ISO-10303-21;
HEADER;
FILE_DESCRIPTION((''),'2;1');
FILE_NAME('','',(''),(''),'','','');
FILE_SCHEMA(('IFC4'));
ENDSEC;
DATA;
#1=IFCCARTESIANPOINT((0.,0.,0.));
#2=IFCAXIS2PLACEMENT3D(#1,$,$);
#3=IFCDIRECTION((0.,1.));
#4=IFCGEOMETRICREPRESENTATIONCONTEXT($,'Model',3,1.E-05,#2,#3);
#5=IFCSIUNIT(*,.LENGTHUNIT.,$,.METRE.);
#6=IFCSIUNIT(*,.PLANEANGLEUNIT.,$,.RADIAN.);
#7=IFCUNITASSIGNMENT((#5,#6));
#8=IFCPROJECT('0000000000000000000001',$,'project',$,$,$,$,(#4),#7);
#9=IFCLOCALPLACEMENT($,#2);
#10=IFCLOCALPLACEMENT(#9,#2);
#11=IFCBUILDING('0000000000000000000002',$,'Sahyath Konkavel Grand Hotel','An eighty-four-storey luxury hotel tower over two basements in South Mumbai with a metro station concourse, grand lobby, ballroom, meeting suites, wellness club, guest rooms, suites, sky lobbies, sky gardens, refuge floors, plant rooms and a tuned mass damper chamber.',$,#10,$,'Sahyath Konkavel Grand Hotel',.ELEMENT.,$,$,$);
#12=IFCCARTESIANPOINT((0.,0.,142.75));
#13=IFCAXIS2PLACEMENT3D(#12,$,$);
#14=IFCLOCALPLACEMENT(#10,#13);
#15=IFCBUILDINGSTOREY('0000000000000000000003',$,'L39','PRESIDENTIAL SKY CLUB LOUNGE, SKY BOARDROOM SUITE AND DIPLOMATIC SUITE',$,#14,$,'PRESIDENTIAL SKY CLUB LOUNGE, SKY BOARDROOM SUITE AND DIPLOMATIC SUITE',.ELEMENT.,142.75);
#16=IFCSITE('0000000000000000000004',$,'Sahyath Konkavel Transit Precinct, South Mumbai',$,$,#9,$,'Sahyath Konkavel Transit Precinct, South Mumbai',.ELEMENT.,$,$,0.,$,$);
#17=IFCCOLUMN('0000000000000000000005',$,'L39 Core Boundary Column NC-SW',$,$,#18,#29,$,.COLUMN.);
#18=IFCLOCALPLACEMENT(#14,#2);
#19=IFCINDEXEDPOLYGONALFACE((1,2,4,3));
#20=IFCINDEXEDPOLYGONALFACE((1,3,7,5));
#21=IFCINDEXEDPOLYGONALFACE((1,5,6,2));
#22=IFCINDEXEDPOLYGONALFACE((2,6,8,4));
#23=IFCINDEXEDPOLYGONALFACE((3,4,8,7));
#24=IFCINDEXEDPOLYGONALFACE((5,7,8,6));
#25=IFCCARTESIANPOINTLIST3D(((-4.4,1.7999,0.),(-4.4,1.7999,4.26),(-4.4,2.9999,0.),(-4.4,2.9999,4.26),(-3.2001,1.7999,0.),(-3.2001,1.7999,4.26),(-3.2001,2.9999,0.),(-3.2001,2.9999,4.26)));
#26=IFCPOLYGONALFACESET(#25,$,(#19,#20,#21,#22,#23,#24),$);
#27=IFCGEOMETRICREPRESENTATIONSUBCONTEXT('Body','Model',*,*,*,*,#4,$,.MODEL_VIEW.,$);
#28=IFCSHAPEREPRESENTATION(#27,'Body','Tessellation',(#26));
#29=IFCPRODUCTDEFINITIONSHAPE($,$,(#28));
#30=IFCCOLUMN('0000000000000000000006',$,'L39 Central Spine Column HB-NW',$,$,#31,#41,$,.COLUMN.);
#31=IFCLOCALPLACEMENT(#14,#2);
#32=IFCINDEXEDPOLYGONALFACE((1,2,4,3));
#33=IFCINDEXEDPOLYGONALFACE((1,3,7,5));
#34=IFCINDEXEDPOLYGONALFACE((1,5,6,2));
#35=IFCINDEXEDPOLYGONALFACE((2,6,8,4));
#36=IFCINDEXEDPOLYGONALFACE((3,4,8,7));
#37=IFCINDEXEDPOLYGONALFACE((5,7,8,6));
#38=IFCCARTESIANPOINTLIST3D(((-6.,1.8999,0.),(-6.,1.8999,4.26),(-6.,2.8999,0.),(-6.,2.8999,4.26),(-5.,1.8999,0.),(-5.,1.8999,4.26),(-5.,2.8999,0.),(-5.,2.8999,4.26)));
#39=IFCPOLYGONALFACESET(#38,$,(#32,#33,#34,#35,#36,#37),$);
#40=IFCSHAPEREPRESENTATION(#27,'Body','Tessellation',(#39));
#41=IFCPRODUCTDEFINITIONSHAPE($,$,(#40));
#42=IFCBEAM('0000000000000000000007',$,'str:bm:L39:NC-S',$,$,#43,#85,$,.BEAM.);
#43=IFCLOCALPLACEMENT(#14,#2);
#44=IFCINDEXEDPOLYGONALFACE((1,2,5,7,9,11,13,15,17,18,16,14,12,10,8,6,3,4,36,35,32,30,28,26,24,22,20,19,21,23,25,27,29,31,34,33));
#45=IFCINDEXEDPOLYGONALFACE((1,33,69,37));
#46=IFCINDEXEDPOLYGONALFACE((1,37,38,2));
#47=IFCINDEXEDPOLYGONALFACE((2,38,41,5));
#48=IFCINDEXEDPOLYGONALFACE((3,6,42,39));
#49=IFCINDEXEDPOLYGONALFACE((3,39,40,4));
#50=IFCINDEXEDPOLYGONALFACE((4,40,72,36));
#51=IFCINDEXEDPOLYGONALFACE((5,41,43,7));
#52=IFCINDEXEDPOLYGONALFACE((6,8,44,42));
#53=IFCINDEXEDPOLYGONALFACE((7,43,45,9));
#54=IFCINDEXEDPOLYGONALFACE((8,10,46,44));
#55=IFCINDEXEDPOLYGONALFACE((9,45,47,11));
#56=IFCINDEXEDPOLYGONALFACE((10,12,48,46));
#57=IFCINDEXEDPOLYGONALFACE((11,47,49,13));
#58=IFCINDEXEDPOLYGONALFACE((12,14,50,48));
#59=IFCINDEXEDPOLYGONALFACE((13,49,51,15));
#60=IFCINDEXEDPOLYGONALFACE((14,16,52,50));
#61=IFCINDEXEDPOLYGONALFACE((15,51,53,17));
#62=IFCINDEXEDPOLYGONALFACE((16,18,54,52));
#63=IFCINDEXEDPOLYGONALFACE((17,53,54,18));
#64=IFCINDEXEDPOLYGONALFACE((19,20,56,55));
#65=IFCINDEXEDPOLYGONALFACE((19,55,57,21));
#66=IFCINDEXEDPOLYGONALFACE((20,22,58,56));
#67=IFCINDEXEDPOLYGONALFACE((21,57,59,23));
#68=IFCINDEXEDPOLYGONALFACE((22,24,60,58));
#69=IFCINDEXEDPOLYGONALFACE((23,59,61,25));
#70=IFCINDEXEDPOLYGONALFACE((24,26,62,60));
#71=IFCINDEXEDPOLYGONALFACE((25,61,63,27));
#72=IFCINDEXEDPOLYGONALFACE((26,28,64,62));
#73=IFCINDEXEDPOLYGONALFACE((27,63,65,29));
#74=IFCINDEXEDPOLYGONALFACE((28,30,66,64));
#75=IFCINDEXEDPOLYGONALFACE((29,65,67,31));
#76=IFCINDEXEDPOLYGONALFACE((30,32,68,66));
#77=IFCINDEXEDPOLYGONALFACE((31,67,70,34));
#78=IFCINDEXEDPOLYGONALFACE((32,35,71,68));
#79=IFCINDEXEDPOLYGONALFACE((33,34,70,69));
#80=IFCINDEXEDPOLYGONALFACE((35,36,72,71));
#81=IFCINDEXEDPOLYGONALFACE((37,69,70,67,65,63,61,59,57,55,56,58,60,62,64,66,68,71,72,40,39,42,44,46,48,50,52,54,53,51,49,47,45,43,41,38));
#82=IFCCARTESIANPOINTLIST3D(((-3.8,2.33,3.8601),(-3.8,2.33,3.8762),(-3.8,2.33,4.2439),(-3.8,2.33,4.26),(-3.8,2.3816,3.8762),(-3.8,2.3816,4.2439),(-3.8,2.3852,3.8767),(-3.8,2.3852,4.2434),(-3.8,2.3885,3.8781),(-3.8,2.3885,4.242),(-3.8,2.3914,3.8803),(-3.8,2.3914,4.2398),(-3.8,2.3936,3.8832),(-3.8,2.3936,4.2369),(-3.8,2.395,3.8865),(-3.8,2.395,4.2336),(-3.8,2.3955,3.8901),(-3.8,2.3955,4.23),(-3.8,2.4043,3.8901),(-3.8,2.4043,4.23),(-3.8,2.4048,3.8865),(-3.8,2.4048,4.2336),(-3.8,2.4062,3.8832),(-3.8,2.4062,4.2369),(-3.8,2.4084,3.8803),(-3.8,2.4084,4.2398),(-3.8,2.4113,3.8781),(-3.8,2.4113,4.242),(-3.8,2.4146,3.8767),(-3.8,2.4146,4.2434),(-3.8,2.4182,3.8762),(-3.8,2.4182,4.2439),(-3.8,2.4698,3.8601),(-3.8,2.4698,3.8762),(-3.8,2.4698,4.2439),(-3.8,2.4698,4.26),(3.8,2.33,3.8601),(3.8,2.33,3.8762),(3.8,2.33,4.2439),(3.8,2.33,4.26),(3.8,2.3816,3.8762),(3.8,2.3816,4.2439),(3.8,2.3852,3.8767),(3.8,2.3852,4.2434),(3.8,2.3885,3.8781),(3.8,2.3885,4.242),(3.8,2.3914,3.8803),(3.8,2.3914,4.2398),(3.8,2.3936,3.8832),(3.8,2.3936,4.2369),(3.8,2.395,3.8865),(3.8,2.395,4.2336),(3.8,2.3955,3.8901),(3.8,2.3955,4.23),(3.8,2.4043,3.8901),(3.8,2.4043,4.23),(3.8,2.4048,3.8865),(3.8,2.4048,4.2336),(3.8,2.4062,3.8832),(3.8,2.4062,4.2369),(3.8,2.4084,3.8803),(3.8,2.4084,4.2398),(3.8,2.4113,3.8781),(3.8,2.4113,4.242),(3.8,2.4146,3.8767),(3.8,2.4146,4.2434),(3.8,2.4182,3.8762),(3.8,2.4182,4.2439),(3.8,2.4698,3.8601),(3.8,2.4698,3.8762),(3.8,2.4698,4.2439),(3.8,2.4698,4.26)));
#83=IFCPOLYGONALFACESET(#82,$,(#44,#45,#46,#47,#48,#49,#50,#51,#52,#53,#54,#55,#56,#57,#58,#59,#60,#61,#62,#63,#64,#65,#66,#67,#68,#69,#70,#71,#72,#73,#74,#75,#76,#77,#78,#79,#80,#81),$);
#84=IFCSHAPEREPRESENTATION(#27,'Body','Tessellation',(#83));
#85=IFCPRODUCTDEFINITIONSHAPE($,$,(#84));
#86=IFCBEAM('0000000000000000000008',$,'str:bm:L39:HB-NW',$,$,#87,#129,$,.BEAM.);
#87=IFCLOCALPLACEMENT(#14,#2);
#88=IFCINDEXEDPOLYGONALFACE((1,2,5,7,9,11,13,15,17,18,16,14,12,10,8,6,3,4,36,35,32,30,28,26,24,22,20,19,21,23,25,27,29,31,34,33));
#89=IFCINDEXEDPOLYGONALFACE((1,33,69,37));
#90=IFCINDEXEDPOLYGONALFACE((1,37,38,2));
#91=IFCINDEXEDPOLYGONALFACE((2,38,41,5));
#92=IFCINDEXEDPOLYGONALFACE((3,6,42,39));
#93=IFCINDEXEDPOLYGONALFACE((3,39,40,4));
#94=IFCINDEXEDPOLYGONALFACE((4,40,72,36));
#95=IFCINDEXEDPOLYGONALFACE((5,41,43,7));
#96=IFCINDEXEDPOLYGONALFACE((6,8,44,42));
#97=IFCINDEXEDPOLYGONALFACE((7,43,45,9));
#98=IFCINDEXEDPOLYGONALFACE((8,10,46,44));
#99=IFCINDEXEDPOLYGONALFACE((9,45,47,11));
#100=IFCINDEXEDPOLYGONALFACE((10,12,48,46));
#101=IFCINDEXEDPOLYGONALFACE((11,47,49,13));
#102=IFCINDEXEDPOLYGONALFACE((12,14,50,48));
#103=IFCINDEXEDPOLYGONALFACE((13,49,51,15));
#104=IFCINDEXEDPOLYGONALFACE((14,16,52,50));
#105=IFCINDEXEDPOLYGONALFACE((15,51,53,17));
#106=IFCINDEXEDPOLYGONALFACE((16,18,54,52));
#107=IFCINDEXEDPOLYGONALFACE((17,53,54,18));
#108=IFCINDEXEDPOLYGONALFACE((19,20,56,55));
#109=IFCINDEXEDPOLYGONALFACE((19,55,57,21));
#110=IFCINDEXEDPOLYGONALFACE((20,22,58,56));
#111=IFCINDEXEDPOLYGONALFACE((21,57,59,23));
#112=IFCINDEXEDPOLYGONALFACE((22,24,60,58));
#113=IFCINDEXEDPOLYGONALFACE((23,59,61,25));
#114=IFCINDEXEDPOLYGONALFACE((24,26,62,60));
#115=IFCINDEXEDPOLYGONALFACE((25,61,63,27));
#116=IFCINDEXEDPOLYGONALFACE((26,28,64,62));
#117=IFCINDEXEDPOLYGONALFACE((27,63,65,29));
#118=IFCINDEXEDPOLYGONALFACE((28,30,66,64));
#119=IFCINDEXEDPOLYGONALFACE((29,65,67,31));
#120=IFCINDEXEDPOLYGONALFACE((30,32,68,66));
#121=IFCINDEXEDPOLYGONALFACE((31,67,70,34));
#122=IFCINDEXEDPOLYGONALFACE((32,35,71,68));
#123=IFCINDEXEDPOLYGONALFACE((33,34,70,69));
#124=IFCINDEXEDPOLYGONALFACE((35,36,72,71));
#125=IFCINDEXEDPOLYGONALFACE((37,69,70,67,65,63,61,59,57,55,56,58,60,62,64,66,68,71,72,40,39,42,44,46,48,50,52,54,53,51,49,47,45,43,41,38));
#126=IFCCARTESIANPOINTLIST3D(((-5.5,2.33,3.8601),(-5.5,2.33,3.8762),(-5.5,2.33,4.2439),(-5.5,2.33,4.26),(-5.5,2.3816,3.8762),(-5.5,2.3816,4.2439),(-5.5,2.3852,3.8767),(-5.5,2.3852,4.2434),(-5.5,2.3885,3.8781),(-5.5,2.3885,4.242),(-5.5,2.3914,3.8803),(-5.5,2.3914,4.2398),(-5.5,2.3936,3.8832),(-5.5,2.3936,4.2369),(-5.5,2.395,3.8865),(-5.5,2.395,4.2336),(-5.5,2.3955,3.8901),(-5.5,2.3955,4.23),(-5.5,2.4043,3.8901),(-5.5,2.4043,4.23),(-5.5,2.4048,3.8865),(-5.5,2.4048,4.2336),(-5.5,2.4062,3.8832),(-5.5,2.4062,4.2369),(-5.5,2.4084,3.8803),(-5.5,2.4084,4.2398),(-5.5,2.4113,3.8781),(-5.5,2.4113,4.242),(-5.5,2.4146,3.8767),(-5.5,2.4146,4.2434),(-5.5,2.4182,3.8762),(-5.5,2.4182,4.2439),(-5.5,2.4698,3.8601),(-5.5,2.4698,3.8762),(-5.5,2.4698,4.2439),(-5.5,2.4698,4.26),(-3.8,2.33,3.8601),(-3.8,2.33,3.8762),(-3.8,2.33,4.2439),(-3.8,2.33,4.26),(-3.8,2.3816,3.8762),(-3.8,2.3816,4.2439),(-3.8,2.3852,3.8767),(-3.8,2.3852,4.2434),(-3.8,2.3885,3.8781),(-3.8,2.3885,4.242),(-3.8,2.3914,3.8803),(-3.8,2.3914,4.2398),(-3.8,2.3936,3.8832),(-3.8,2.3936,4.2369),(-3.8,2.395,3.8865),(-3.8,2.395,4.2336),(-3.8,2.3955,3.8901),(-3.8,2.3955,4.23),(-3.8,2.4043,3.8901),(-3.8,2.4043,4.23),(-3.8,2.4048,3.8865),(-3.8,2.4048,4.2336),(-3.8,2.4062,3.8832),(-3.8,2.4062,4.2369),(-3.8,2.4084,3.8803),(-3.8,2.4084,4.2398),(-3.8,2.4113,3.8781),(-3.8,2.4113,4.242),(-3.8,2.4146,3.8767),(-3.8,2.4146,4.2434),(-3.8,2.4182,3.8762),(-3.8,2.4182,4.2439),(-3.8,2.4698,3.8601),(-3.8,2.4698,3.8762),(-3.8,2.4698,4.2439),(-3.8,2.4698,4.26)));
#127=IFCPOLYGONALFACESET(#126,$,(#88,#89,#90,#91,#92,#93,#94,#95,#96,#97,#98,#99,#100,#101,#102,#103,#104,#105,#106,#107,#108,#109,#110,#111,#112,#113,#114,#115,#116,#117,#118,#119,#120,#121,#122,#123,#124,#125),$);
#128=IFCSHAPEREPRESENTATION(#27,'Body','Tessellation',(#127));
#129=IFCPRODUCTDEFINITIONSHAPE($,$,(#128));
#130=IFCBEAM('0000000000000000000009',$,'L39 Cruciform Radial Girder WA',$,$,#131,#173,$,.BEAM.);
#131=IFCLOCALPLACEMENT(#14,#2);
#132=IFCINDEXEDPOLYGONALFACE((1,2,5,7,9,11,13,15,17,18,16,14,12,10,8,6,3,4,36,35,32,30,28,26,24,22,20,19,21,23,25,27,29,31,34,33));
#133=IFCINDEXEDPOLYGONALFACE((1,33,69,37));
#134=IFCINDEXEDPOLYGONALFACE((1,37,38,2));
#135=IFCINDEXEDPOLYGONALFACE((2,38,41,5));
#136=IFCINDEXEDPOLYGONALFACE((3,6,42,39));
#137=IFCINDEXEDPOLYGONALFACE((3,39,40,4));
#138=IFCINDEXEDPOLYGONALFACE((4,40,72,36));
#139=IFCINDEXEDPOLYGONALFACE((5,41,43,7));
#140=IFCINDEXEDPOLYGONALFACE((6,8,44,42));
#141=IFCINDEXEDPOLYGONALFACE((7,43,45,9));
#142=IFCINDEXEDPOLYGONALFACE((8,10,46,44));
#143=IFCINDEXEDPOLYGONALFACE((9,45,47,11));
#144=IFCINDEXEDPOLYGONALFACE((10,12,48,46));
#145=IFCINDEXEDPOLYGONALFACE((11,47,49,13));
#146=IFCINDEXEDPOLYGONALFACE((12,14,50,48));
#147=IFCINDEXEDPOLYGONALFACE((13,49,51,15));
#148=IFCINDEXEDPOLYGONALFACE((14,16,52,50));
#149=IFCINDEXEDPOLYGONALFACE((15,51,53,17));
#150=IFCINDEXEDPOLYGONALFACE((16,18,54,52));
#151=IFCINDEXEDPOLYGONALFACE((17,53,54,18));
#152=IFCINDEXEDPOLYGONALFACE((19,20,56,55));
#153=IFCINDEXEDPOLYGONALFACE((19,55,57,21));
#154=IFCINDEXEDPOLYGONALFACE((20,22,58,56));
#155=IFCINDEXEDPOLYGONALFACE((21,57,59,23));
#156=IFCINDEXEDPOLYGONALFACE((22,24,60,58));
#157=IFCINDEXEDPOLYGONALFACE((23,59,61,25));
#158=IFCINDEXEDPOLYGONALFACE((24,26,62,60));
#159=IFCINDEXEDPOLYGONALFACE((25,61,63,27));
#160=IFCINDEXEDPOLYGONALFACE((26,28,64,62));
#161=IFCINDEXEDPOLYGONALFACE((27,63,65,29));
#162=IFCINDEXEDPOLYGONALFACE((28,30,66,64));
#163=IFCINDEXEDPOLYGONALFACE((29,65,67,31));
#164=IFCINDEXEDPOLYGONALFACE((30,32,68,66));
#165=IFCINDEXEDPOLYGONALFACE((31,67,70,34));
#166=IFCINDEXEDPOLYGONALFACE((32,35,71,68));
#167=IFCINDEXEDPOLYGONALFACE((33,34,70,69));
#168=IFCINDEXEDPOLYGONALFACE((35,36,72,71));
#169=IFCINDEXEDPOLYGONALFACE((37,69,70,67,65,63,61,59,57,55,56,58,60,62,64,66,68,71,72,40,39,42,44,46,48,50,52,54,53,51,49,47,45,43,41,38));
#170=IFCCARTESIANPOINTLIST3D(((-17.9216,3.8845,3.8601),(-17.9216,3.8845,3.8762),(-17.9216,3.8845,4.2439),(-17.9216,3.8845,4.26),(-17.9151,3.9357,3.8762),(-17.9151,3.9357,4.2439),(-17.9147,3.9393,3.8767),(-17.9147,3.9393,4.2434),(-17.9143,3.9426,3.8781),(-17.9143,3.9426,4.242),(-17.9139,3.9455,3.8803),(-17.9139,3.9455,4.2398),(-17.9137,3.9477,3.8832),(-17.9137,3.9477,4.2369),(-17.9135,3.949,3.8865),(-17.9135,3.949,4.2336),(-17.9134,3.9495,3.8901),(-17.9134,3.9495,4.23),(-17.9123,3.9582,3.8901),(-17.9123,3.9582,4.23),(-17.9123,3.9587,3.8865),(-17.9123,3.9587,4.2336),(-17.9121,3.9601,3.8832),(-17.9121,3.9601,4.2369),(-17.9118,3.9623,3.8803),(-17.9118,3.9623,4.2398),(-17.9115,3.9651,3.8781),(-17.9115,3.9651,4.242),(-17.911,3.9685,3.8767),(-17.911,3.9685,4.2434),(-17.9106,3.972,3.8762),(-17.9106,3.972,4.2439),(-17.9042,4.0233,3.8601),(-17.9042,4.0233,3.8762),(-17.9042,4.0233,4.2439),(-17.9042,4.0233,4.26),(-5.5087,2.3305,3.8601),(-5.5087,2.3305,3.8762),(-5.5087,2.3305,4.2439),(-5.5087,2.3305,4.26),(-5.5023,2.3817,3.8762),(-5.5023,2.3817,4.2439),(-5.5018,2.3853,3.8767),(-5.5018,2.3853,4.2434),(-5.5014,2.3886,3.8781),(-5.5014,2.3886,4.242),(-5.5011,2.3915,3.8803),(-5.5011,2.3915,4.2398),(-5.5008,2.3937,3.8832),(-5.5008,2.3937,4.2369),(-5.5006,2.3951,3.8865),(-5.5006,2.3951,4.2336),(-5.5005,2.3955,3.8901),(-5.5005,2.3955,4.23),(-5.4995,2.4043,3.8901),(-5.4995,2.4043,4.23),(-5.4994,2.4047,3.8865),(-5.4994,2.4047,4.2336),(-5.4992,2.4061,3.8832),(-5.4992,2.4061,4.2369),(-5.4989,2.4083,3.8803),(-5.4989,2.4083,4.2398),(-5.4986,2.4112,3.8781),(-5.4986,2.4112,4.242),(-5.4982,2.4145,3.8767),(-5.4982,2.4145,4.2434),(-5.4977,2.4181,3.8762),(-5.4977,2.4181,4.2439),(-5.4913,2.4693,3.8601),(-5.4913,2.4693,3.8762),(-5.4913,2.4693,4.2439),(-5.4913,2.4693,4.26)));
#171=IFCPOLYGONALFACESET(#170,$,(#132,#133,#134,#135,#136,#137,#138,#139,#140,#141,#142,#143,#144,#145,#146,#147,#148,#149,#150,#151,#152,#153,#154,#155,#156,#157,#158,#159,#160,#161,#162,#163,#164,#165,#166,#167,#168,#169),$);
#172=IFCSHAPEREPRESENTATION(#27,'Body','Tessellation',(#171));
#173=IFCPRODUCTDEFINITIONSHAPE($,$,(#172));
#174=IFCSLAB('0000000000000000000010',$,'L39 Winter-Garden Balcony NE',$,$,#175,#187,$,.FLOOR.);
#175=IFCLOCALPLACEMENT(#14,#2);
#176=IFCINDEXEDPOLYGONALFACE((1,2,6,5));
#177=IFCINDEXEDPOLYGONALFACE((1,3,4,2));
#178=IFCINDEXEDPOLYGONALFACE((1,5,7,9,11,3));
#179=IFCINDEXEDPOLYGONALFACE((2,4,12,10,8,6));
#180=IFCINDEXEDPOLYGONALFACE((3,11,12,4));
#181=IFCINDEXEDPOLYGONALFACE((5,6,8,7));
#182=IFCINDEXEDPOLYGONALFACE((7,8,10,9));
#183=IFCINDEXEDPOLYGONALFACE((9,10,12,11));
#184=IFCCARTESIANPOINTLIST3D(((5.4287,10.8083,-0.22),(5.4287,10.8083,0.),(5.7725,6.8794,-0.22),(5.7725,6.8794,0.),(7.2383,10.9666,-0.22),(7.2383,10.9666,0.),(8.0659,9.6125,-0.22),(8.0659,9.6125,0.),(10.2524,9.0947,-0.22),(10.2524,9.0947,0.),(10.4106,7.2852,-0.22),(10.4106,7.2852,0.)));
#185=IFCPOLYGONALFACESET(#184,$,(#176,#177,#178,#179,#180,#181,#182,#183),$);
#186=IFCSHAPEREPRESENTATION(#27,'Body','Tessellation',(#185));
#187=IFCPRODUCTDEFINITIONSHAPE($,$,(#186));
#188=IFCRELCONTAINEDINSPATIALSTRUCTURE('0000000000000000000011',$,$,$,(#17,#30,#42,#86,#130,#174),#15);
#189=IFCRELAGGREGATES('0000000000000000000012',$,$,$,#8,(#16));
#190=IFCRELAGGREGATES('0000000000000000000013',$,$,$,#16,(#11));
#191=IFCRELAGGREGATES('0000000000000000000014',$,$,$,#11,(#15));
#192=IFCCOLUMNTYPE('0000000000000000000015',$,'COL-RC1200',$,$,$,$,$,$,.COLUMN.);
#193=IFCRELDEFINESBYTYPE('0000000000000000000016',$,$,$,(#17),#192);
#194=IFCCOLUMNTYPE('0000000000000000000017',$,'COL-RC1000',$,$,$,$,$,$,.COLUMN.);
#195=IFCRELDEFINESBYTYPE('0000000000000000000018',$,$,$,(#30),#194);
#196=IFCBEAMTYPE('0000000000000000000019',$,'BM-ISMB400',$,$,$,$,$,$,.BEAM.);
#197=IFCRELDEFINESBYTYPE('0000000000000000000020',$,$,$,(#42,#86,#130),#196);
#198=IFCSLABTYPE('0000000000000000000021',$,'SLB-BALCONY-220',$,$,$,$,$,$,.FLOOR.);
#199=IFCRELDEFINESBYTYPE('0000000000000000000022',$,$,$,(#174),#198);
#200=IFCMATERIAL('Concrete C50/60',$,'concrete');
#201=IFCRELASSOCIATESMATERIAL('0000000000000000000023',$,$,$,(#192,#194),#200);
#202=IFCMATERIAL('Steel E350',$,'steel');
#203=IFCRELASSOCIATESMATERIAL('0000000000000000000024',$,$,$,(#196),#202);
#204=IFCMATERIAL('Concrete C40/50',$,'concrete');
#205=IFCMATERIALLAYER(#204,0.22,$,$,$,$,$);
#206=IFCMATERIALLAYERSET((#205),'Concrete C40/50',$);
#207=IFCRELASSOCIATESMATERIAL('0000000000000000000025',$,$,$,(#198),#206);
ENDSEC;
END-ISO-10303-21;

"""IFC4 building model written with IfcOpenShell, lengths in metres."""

from ifc_helpers import new_model, si_unit, direction, frame, origin, origin_2d, place, context, subcontext, project, spatial, polyline, rectangle, i_section, outline, extrude, source, transform, mapped, material, layer, layer_set, material_profile, profile_set, type_object, element, save


model = new_model("IFC4")

# Units and contexts
model_context = context("Model", 3, precision=1e-05, world=origin(), true_north=direction((0.0, 1.0)))
body_context = subcontext(model_context, "Body", "Model", "MODEL_VIEW")
ifc_project = project(units=[si_unit("LENGTHUNIT", "METRE"), si_unit("PLANEANGLEUNIT", "RADIAN")], contexts=[model_context])

# Site, building, storey
site_placement = place(None, origin())
site = spatial("IfcSite", under=ifc_project, at=site_placement, Name="Sahyath Konkavel Transit Precinct, South Mumbai", LongName="Sahyath Konkavel Transit Precinct, South Mumbai", CompositionType="ELEMENT", RefElevation=0.0)
building_placement = place(site_placement, origin())
building = spatial("IfcBuilding", under=site, at=building_placement, Name="Sahyath Konkavel Grand Hotel", Description="An eighty-four-storey luxury hotel tower over two basements in South Mumbai with a metro station concourse, grand lobby, ballroom, meeting suites, wellness club, guest rooms, suites, sky lobbies, sky gardens, refuge floors, plant rooms and a tuned mass damper chamber.", LongName="Sahyath Konkavel Grand Hotel", CompositionType="ELEMENT")
storey_placement = place(building_placement, frame((0.0, 0.0, 142.75)))
storey = spatial("IfcBuildingStorey", under=building, at=storey_placement, Name="L39", Description="PRESIDENTIAL SKY CLUB LOUNGE, SKY BOARDROOM SUITE AND DIPLOMATIC SUITE", LongName="PRESIDENTIAL SKY CLUB LOUNGE, SKY BOARDROOM SUITE AND DIPLOMATIC SUITE", CompositionType="ELEMENT", Elevation=142.75)

# Columns
ifc_material_1 = material(Name="Concrete C50/60", Category="concrete")
ifc_material_profile_1 = material_profile(ifc_material_1, rectangle(XDim=1.2, YDim=1.2, at=origin_2d()), Name="RC 1200x1200")
ifc_profile_set_1 = profile_set([ifc_material_profile_1], Name="Concrete C50/60")
column_type_1 = type_object("IfcColumnType", Name="COL-RC1200", PredefinedType="COLUMN", material=ifc_profile_set_1)
shared_shape_1 = source(origin(), body_context, "Body", "SweptSolid", [
    extrude(rectangle(XDim=1.2, YDim=1.2, at=origin_2d()), origin(), (0.0, 0.0, 1.0), 4.26),
])
column_1_placement = place(storey_placement, frame((-3.8, 2.3999, 0.0), z_axis=(0.0, 0.0, 1.0), x_axis=(1.0, 0.0, 0.0)))
element("IfcColumn", 1, at=column_1_placement, inside=storey, type_object=column_type_1, Name="L39 Core Boundary Column NC-SW", PredefinedType="COLUMN", context=body_context, shape_type="MappedRepresentation", body=[
    mapped(shared_shape_1, transform((0.0, 0.0, 0.0), scale=1.0)),
])
ifc_material_profile_2 = material_profile(ifc_material_1, rectangle(XDim=1.0, YDim=1.0, at=origin_2d()), Name="RC 1000x1000")
ifc_profile_set_2 = profile_set([ifc_material_profile_2], Name="Concrete C50/60")
column_type_2 = type_object("IfcColumnType", Name="COL-RC1000", PredefinedType="COLUMN", material=ifc_profile_set_2)
shared_shape_2 = source(origin(), body_context, "Body", "SweptSolid", [
    extrude(rectangle(XDim=1.0, YDim=1.0, at=origin_2d()), origin(), (0.0, 0.0, 1.0), 4.26),
])
column_2_placement = place(storey_placement, frame((-5.5, 2.3999, 0.0), z_axis=(0.0, 0.0, 1.0), x_axis=(1.0, 0.0, 0.0)))
element("IfcColumn", 2, at=column_2_placement, inside=storey, type_object=column_type_2, Name="L39 Central Spine Column HB-NW", PredefinedType="COLUMN", context=body_context, shape_type="MappedRepresentation", body=[
    mapped(shared_shape_2, transform((0.0, 0.0, 0.0), scale=1.0)),
])

# Beams
ifc_material_2 = material(Name="Steel E350", Category="steel")
ifc_material_profile_3 = material_profile(ifc_material_2, i_section(OverallWidth=0.1399, OverallDepth=0.3999, WebThickness=0.0088, FlangeThickness=0.0161, FilletRadius=0.0139, at=origin_2d()), Name="ISMB 400")
ifc_profile_set_3 = profile_set([ifc_material_profile_3], Name="Steel E350")
beam_type = type_object("IfcBeamType", Name="BM-ISMB400", PredefinedType="BEAM", material=ifc_profile_set_3)
shared_shape_3 = source(origin(), body_context, "Body", "SweptSolid", [
    extrude(i_section(OverallWidth=0.1399, OverallDepth=0.3999, WebThickness=0.0088, FlangeThickness=0.0161, FilletRadius=0.0139, at=origin_2d()), origin(), (0.0, 0.0, 1.0), 7.6001),
])
beam_1_placement = place(storey_placement, frame((-3.8, 2.3999, 4.0601), z_axis=(1.0, 0.0, 0.0), x_axis=(0.0, 1.0, 0.0)))
element("IfcBeam", 3, at=beam_1_placement, inside=storey, type_object=beam_type, Name="str:bm:L39:NC-S", PredefinedType="BEAM", context=body_context, shape_type="MappedRepresentation", body=[
    mapped(shared_shape_3, transform((0.0, 0.0, 0.0), scale=1.0)),
])
shared_shape_4 = source(origin(), body_context, "Body", "SweptSolid", [
    extrude(i_section(OverallWidth=0.1399, OverallDepth=0.3999, WebThickness=0.0088, FlangeThickness=0.0161, FilletRadius=0.0139, at=origin_2d()), origin(), (0.0, 0.0, 1.0), 1.7),
])
beam_2_placement = place(storey_placement, frame((-5.5, 2.3999, 4.0601), z_axis=(1.0, 0.0, 0.0), x_axis=(0.0, 1.0, 0.0)))
element("IfcBeam", 4, at=beam_2_placement, inside=storey, type_object=beam_type, Name="str:bm:L39:HB-NW", PredefinedType="BEAM", context=body_context, shape_type="MappedRepresentation", body=[
    mapped(shared_shape_4, transform((0.0, 0.0, 0.0), scale=1.0)),
])
shared_shape_5 = source(origin(), body_context, "Body", "SweptSolid", [
    extrude(i_section(OverallWidth=0.1399, OverallDepth=0.3999, WebThickness=0.0088, FlangeThickness=0.0161, FilletRadius=0.0139, at=origin_2d()), origin(), (0.0, 0.0, 1.0), 12.5098),
])
beam_3_placement = place(storey_placement, frame((-5.5, 2.3999, 4.0601), z_axis=(-0.992255, 0.12422, 0.0), x_axis=(-0.12422, -0.992255, 0.0)))
element("IfcBeam", 5, at=beam_3_placement, inside=storey, type_object=beam_type, Name="L39 Cruciform Radial Girder WA", PredefinedType="BEAM", context=body_context, shape_type="MappedRepresentation", body=[
    mapped(shared_shape_5, transform((0.0, 0.0, 0.0), scale=1.0)),
])

# Slab
ifc_material_3 = material(Name="Concrete C40/50", Category="concrete")
ifc_layer_1 = layer(ifc_material_3, 0.22)
ifc_layer_set_1 = layer_set([ifc_layer_1], Name="Concrete C40/50")
slab_type_1 = type_object("IfcSlabType", Name="SLB-BALCONY-220", PredefinedType="FLOOR", material=ifc_layer_set_1)
slab_1_placement = place(storey_placement, frame((0.0, 0.0, -0.22)))
element("IfcSlab", 6, at=slab_1_placement, inside=storey, type_object=slab_type_1, Name="L39 Winter-Garden Balcony NE", PredefinedType="FLOOR", context=body_context, shape_type="SweptSolid", body=[
    extrude(outline(polyline([(5.7725, 6.8794), (10.4106, 7.2852), (10.2524, 9.0947), (8.0659, 9.6125), (7.2383, 10.9666), (5.4287, 10.8083), (5.7725, 6.8794)])), origin(), (0.0, 0.0, 1.0), 0.22),
])

save(model, "model.ifc")
